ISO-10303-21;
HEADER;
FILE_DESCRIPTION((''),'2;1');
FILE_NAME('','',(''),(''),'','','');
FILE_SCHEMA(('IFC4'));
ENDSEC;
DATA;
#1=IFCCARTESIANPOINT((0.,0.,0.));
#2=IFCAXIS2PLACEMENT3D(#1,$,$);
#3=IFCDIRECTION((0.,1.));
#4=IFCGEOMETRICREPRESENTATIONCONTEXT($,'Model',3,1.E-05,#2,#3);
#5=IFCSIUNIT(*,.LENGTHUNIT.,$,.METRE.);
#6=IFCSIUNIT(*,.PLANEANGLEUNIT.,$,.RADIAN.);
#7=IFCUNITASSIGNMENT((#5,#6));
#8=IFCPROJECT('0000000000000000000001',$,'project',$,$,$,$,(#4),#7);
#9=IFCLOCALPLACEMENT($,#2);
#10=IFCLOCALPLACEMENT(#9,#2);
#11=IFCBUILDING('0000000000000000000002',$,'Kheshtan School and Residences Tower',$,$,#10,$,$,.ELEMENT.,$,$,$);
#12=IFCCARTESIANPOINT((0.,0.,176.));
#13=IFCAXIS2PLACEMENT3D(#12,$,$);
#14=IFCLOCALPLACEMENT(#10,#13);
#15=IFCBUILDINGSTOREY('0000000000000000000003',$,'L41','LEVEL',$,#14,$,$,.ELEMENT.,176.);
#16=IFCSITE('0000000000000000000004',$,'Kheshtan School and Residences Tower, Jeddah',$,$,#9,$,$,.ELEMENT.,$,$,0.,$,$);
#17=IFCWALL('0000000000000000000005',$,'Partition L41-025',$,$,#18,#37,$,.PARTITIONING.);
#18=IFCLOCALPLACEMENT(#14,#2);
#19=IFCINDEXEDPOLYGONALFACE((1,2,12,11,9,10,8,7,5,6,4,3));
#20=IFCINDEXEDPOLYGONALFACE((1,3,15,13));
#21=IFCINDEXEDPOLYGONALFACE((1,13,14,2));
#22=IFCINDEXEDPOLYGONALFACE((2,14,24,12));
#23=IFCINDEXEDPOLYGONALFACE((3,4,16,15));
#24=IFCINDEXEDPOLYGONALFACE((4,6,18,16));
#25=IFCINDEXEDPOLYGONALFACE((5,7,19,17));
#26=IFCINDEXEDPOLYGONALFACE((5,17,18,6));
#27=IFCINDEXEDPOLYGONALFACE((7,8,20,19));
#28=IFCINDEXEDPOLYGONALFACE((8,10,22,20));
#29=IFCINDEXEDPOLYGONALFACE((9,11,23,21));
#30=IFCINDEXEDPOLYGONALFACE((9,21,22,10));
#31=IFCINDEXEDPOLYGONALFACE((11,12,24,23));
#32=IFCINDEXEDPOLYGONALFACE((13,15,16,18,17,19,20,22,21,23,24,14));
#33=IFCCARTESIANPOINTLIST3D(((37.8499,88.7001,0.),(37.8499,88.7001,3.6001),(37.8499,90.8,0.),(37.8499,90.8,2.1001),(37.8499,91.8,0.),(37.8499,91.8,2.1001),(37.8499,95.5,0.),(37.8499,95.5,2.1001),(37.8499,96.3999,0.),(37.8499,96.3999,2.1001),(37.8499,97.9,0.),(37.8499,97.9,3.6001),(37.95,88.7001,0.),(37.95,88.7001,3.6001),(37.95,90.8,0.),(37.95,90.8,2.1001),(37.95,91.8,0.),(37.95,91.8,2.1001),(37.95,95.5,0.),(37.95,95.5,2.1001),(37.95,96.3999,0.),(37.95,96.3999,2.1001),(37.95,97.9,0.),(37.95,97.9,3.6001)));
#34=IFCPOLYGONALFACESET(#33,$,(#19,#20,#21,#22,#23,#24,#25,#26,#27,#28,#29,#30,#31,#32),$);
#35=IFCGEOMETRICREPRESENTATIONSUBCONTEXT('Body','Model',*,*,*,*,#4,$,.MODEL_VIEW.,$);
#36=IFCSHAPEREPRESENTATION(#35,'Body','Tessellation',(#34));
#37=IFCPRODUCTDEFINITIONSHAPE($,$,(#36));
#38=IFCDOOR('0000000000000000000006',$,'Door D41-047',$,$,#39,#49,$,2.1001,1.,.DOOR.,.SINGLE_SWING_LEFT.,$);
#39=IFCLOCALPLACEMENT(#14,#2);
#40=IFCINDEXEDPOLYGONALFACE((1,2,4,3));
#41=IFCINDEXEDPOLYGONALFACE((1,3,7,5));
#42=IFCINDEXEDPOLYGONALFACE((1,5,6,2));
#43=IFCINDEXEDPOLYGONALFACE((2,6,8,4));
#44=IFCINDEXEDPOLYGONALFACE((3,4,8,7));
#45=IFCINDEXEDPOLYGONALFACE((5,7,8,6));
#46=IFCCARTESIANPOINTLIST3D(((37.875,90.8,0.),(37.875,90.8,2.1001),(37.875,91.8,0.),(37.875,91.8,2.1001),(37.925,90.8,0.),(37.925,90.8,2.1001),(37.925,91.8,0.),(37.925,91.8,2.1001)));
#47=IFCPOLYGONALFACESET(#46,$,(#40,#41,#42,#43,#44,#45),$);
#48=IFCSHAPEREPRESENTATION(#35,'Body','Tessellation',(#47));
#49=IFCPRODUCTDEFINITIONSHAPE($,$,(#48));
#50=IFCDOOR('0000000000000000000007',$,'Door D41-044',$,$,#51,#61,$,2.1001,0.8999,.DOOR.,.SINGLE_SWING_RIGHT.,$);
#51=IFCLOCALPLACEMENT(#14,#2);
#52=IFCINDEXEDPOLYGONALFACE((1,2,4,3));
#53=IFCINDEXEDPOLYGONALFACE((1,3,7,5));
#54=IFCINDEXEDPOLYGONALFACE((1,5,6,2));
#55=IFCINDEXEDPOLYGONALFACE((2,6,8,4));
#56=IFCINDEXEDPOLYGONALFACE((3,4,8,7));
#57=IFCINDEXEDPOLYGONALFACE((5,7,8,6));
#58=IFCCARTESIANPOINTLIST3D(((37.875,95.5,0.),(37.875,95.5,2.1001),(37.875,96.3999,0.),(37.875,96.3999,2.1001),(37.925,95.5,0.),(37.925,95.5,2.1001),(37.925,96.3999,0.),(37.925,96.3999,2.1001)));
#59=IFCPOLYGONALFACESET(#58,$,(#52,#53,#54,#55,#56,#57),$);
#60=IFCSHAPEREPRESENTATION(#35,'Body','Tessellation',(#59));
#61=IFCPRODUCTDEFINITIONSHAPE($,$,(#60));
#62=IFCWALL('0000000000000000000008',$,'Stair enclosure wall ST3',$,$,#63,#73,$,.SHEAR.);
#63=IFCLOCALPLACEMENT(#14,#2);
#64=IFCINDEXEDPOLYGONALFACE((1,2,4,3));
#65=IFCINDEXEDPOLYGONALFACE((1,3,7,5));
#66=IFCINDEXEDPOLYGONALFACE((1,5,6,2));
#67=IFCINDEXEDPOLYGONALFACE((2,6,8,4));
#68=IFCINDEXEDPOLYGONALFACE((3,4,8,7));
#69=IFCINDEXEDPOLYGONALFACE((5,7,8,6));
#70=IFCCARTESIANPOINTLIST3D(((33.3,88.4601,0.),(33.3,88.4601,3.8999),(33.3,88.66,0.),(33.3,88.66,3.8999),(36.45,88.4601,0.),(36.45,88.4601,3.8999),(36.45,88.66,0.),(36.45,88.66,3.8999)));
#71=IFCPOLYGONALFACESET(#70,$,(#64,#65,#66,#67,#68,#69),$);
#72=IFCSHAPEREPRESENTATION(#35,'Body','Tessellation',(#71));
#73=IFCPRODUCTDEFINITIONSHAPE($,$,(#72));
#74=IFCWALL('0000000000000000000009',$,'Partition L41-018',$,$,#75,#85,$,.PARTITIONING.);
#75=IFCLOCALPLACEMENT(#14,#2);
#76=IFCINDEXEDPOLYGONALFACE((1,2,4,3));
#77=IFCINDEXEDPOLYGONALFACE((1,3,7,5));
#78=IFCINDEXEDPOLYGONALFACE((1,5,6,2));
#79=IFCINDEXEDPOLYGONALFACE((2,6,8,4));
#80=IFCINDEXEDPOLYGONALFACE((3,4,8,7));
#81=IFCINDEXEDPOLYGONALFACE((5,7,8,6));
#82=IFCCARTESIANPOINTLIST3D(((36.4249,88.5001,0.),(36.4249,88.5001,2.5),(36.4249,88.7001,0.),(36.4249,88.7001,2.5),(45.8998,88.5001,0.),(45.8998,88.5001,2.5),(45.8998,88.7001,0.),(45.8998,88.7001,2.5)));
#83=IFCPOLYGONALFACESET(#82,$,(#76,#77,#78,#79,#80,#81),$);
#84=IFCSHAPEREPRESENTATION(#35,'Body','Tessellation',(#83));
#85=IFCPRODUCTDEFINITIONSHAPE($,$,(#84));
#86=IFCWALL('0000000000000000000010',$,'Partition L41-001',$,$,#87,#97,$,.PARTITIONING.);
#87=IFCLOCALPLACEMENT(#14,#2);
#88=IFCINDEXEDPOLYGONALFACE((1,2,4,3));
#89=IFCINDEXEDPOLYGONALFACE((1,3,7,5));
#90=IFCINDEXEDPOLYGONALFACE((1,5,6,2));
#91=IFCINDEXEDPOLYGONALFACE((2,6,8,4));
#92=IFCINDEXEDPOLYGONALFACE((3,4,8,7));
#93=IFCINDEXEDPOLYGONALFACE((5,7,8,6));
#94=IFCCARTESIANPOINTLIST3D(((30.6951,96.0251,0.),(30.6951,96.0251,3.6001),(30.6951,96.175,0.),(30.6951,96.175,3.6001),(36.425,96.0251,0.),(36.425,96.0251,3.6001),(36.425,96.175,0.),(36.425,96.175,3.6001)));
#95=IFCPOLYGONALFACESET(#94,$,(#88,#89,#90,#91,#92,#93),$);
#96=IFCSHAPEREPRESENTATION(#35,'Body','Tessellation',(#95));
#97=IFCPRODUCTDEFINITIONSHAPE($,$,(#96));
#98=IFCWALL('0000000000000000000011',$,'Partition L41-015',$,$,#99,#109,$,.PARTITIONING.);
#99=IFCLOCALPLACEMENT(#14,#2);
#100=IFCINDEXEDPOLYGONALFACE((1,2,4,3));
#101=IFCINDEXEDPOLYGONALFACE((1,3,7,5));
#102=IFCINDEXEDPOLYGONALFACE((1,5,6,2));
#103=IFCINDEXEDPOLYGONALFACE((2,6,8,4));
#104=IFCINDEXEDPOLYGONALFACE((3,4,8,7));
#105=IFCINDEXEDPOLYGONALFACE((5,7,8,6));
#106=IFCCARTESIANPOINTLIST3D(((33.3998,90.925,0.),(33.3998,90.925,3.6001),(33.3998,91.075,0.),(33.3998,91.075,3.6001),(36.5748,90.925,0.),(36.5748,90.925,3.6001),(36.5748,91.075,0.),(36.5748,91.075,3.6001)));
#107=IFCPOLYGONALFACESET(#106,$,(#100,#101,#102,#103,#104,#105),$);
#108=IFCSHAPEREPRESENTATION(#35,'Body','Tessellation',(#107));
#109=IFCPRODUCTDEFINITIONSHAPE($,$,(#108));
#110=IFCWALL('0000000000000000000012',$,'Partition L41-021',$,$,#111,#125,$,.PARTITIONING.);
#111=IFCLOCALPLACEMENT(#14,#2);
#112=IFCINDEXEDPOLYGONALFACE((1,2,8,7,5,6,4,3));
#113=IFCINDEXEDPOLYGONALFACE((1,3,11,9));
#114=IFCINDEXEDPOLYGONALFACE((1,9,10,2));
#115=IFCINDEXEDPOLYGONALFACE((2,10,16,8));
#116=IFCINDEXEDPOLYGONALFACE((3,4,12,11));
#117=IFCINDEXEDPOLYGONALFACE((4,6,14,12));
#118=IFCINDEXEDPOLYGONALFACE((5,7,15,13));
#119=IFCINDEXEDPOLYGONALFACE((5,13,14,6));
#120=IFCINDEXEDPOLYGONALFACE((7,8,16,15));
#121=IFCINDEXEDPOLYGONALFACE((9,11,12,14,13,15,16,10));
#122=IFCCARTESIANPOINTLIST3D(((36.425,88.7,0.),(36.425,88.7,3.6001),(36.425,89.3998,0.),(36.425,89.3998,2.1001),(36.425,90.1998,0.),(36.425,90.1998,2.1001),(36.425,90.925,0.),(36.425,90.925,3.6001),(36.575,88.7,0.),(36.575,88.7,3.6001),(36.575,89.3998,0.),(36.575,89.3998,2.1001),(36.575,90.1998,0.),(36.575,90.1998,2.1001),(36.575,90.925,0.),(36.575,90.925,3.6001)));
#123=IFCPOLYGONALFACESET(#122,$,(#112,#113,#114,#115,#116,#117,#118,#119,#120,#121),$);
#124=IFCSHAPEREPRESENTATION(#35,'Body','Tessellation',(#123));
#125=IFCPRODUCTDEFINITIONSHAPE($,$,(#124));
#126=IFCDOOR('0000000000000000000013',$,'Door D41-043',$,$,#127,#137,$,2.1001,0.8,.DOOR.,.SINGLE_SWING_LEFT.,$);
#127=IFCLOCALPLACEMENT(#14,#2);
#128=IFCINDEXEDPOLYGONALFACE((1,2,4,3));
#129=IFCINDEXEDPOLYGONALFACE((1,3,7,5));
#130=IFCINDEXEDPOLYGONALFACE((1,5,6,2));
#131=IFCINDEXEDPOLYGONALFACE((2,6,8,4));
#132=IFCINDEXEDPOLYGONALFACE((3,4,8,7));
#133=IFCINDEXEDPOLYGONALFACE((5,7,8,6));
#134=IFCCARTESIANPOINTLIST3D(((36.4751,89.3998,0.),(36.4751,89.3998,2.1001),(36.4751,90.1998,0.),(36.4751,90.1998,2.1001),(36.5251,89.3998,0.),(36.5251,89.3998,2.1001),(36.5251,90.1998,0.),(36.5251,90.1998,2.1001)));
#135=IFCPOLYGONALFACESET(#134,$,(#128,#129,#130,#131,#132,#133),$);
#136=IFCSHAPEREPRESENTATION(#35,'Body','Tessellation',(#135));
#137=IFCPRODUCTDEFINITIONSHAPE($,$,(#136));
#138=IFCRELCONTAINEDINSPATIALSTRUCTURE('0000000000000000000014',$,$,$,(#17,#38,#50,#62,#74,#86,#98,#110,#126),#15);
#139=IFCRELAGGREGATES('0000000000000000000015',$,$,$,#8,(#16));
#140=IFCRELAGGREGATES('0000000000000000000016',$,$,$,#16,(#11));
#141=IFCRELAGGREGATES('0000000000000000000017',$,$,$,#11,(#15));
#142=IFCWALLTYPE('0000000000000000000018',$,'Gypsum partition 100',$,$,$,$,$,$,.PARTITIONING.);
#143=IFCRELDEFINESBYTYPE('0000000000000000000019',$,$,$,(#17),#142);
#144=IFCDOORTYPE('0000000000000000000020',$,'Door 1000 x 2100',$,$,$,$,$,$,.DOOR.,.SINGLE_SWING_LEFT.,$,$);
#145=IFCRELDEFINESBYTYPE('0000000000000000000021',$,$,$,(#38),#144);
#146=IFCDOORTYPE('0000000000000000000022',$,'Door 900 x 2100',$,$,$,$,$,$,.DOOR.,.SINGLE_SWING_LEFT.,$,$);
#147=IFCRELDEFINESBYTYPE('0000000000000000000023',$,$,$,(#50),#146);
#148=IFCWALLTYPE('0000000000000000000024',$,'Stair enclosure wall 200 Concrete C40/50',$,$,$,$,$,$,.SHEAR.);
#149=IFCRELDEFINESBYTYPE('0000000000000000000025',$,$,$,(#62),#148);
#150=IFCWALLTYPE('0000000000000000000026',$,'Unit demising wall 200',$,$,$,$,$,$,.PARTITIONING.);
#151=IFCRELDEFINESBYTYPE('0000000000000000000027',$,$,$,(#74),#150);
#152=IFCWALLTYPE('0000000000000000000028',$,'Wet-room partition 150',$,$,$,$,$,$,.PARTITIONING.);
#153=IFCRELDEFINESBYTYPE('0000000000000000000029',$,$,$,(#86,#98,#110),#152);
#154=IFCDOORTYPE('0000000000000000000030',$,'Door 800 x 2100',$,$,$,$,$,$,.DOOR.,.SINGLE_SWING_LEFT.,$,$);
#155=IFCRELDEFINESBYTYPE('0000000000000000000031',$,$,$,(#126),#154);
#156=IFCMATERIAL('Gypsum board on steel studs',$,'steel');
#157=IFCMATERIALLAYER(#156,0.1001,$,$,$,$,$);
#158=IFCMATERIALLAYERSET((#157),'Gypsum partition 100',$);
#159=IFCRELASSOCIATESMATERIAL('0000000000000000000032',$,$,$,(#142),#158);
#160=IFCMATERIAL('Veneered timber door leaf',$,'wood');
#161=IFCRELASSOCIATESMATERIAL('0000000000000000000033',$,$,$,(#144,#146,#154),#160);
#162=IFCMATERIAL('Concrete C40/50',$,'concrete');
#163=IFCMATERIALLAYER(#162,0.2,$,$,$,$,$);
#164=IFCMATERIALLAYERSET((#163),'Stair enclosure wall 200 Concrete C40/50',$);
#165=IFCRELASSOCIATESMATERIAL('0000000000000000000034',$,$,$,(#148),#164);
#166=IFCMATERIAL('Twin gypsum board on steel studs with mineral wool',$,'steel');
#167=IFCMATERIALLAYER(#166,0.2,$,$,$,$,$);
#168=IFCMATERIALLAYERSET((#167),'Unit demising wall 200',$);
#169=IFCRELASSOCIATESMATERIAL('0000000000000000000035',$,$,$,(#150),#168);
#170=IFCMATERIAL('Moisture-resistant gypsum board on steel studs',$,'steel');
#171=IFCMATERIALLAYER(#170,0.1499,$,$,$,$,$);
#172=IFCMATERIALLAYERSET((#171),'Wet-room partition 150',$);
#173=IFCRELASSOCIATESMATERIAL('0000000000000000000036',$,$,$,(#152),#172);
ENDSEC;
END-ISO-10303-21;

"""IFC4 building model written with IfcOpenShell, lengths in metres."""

from ifc_helpers import new_model, si_unit, direction, frame, frame_2d, origin, place, context, subcontext, project, spatial, rectangle, extrude, source, transform, mapped, material, layer, layer_set, type_object, element, fill, save


model = new_model("IFC4")

# Units and contexts
model_context = context("Model", 3, precision=1e-05, world=origin(), true_north=direction((0.0, 1.0)))
body_context = subcontext(model_context, "Body", "Model", "MODEL_VIEW")
ifc_project = project(units=[si_unit("LENGTHUNIT", "METRE"), si_unit("PLANEANGLEUNIT", "RADIAN")], contexts=[model_context])

# Site, building, storey
site_placement = place(None, origin())
site = spatial("IfcSite", under=ifc_project, at=site_placement, Name="Kheshtan School and Residences Tower, Jeddah", CompositionType="ELEMENT", RefElevation=0.0)
building_placement = place(site_placement, origin())
building = spatial("IfcBuilding", under=site, at=building_placement, Name="Kheshtan School and Residences Tower", CompositionType="ELEMENT")
storey_placement = place(building_placement, frame((0.0, 0.0, 176.0)))
storey = spatial("IfcBuildingStorey", under=building, at=storey_placement, Name="L41", Description="LEVEL", CompositionType="ELEMENT", Elevation=176.0)

# Shared definitions
ifc_material_1 = material(Name="Gypsum board on steel studs", Category="steel")
ifc_layer_1 = layer(ifc_material_1, 0.1001)
ifc_layer_set_1 = layer_set([ifc_layer_1], Name="Gypsum partition 100")
wall_type_1 = type_object("IfcWallType", Name="Gypsum partition 100", PredefinedType="PARTITIONING", material=ifc_layer_set_1)

# Wall, openings, doors
wall_1_placement = place(storey_placement, frame((37.8999, 88.7, 0.0), z_axis=(0.0, 0.0, 1.0), x_axis=(0.0, 1.0, 0.0)))
wall_1 = element("IfcWall", 1, at=wall_1_placement, inside=storey, type_object=wall_type_1, Name="Partition L41-025", PredefinedType="PARTITIONING", context=body_context, shape_type="SweptSolid", body=[
    extrude(rectangle(XDim=9.2, YDim=0.1001, at=frame_2d((4.6001, 0.0))), origin(), (0.0, 0.0, 1.0), 3.6001),
])
opening_1_placement = place(wall_1_placement, frame((6.8, 0.0, 0.0)))
opening_1 = element("IfcOpeningElement", 2, at=opening_1_placement, cuts=wall_1, PredefinedType="OPENING", context=body_context, shape_type="SweptSolid", body=[
    extrude(rectangle(XDim=0.8999, YDim=2.1001, at=frame_2d((0.45, 1.05))), frame((0.0, 0.0601, 0.0), z_axis=(0.0, -1.0, 0.0), x_axis=(1.0, 0.0, 0.0)), (0.0, 0.0, 1.0), 0.1201),
])
opening_2_placement = place(wall_1_placement, frame((2.1001, 0.0, 0.0)))
opening_2 = element("IfcOpeningElement", 3, at=opening_2_placement, cuts=wall_1, PredefinedType="OPENING", context=body_context, shape_type="SweptSolid", body=[
    extrude(rectangle(XDim=1.0, YDim=2.1001, at=frame_2d((0.5, 1.05))), frame((0.0, 0.0601, 0.0), z_axis=(0.0, -1.0, 0.0), x_axis=(1.0, 0.0, 0.0)), (0.0, 0.0, 1.0), 0.1201),
])
ifc_material_2 = material(Name="Veneered timber door leaf", Category="wood")
door_type_1 = type_object("IfcDoorType", Name="Door 1000 x 2100", OperationType="SINGLE_SWING_LEFT", PredefinedType="DOOR", material=ifc_material_2)
shared_shape_1 = source(origin(), body_context, "Body", "SweptSolid", [
    extrude(rectangle(XDim=1.0, YDim=2.1001, at=frame_2d((0.5, 1.05))), frame((0.0, 0.0249, 0.0), z_axis=(0.0, -1.0, 0.0), x_axis=(1.0, 0.0, 0.0)), (0.0, 0.0, 1.0), 0.05),
])
door_1_placement = place(opening_2_placement, origin())
door_1 = element("IfcDoor", 4, at=door_1_placement, inside=storey, type_object=door_type_1, Name="Door D41-047", OperationType="SINGLE_SWING_LEFT", OverallHeight=2.1001, OverallWidth=1.0, PredefinedType="DOOR", context=body_context, shape_type="MappedRepresentation", body=[
    mapped(shared_shape_1, transform((0.0, 0.0, 0.0), x_axis=(1.0, 0.0, 0.0), y_axis=(0.0, 1.0, 0.0), z_axis=(0.0, 0.0, 1.0), scale=1.0)),
])
fill(opening_2, door_1)
door_type_2 = type_object("IfcDoorType", Name="Door 900 x 2100", OperationType="SINGLE_SWING_LEFT", PredefinedType="DOOR", material=ifc_material_2)
shared_shape_2 = source(origin(), body_context, "Body", "SweptSolid", [
    extrude(rectangle(XDim=0.8999, YDim=2.1001, at=frame_2d((0.45, 1.05))), frame((0.0, 0.0249, 0.0), z_axis=(0.0, -1.0, 0.0), x_axis=(1.0, 0.0, 0.0)), (0.0, 0.0, 1.0), 0.05),
])
door_2_placement = place(opening_1_placement, origin())
door_2 = element("IfcDoor", 5, at=door_2_placement, inside=storey, type_object=door_type_2, Name="Door D41-044", OperationType="SINGLE_SWING_RIGHT", OverallHeight=2.1001, OverallWidth=0.8999, PredefinedType="DOOR", context=body_context, shape_type="MappedRepresentation", body=[
    mapped(shared_shape_2, transform((0.0, 0.0, 0.0), x_axis=(1.0, 0.0, 0.0), y_axis=(0.0, 1.0, 0.0), z_axis=(0.0, 0.0, 1.0), scale=1.0)),
])
fill(opening_1, door_2)

# Walls
ifc_material_3 = material(Name="Concrete C40/50", Category="concrete")
ifc_layer_2 = layer(ifc_material_3, 0.2)
ifc_layer_set_2 = layer_set([ifc_layer_2], Name="Stair enclosure wall 200 Concrete C40/50")
wall_type_2 = type_object("IfcWallType", Name="Stair enclosure wall 200 Concrete C40/50", PredefinedType="SHEAR", material=ifc_layer_set_2)
wall_2_placement = place(storey_placement, frame((33.3, 88.5601, 0.0), z_axis=(0.0, 0.0, 1.0), x_axis=(1.0, 0.0, 0.0)))
element("IfcWall", 6, at=wall_2_placement, inside=storey, type_object=wall_type_2, Name="Stair enclosure wall ST3", PredefinedType="SHEAR", context=body_context, shape_type="SweptSolid", body=[
    extrude(rectangle(XDim=3.1499, YDim=0.2, at=frame_2d((1.575, 0.0))), origin(), (0.0, 0.0, 1.0), 3.8999),
])
ifc_material_4 = material(Name="Twin gypsum board on steel studs with mineral wool", Category="steel")
ifc_layer_3 = layer(ifc_material_4, 0.2)
ifc_layer_set_3 = layer_set([ifc_layer_3], Name="Unit demising wall 200")
wall_type_3 = type_object("IfcWallType", Name="Unit demising wall 200", PredefinedType="PARTITIONING", material=ifc_layer_set_3)
wall_3_placement = place(storey_placement, frame((36.425, 88.6001, 0.0), z_axis=(0.0, 0.0, 1.0), x_axis=(1.0, 0.0, 0.0)))
element("IfcWall", 7, at=wall_3_placement, inside=storey, type_object=wall_type_3, Name="Partition L41-018", PredefinedType="PARTITIONING", context=body_context, shape_type="SweptSolid", body=[
    extrude(rectangle(XDim=9.4749, YDim=0.2, at=frame_2d((4.7373, 0.0))), origin(), (0.0, 0.0, 1.0), 2.5),
])
ifc_material_5 = material(Name="Moisture-resistant gypsum board on steel studs", Category="steel")
ifc_layer_4 = layer(ifc_material_5, 0.1499)
ifc_layer_set_4 = layer_set([ifc_layer_4], Name="Wet-room partition 150")
wall_type_4 = type_object("IfcWallType", Name="Wet-room partition 150", PredefinedType="PARTITIONING", material=ifc_layer_set_4)
wall_4_placement = place(storey_placement, frame((30.6951, 96.1001, 0.0), z_axis=(0.0, 0.0, 1.0), x_axis=(1.0, 0.0, 0.0)))
element("IfcWall", 8, at=wall_4_placement, inside=storey, type_object=wall_type_4, Name="Partition L41-001", PredefinedType="PARTITIONING", context=body_context, shape_type="SweptSolid", body=[
    extrude(rectangle(XDim=5.73, YDim=0.1499, at=frame_2d((2.865, 0.0))), origin(), (0.0, 0.0, 1.0), 3.6001),
])
wall_5_placement = place(storey_placement, frame((33.3999, 91.0, 0.0), z_axis=(0.0, 0.0, 1.0), x_axis=(1.0, 0.0, 0.0)))
element("IfcWall", 9, at=wall_5_placement, inside=storey, type_object=wall_type_4, Name="Partition L41-015", PredefinedType="PARTITIONING", context=body_context, shape_type="SweptSolid", body=[
    extrude(rectangle(XDim=3.175, YDim=0.1499, at=frame_2d((1.5874, 0.0))), origin(), (0.0, 0.0, 1.0), 3.6001),
])

# Wall, opening, door
wall_6_placement = place(storey_placement, frame((36.5, 88.7, 0.0), z_axis=(0.0, 0.0, 1.0), x_axis=(0.0, 1.0, 0.0)))
wall_6 = element("IfcWall", 10, at=wall_6_placement, inside=storey, type_object=wall_type_4, Name="Partition L41-021", PredefinedType="PARTITIONING", context=body_context, shape_type="SweptSolid", body=[
    extrude(rectangle(XDim=2.2251, YDim=0.1499, at=frame_2d((1.1125, 0.0))), origin(), (0.0, 0.0, 1.0), 3.6001),
])
opening_3_placement = place(wall_6_placement, frame((0.7, 0.0, 0.0)))
opening_3 = element("IfcOpeningElement", 11, at=opening_3_placement, cuts=wall_6, PredefinedType="OPENING", context=body_context, shape_type="SweptSolid", body=[
    extrude(rectangle(XDim=0.8, YDim=2.1001, at=frame_2d((0.3999, 1.05))), frame((0.0, 0.085, 0.0), z_axis=(0.0, -1.0, 0.0), x_axis=(1.0, 0.0, 0.0)), (0.0, 0.0, 1.0), 0.1699),
])
door_type_3 = type_object("IfcDoorType", Name="Door 800 x 2100", OperationType="SINGLE_SWING_LEFT", PredefinedType="DOOR", material=ifc_material_2)
shared_shape_3 = source(origin(), body_context, "Body", "SweptSolid", [
    extrude(rectangle(XDim=0.8, YDim=2.1001, at=frame_2d((0.3999, 1.05))), frame((0.0, 0.0249, 0.0), z_axis=(0.0, -1.0, 0.0), x_axis=(1.0, 0.0, 0.0)), (0.0, 0.0, 1.0), 0.05),
])
door_3_placement = place(opening_3_placement, origin())
door_3 = element("IfcDoor", 12, at=door_3_placement, inside=storey, type_object=door_type_3, Name="Door D41-043", OperationType="SINGLE_SWING_LEFT", OverallHeight=2.1001, OverallWidth=0.8, PredefinedType="DOOR", context=body_context, shape_type="MappedRepresentation", body=[
    mapped(shared_shape_3, transform((0.0, 0.0, 0.0), x_axis=(1.0, 0.0, 0.0), y_axis=(0.0, 1.0, 0.0), z_axis=(0.0, 0.0, 1.0), scale=1.0)),
])
fill(opening_3, door_3)

save(model, "model.ifc")
